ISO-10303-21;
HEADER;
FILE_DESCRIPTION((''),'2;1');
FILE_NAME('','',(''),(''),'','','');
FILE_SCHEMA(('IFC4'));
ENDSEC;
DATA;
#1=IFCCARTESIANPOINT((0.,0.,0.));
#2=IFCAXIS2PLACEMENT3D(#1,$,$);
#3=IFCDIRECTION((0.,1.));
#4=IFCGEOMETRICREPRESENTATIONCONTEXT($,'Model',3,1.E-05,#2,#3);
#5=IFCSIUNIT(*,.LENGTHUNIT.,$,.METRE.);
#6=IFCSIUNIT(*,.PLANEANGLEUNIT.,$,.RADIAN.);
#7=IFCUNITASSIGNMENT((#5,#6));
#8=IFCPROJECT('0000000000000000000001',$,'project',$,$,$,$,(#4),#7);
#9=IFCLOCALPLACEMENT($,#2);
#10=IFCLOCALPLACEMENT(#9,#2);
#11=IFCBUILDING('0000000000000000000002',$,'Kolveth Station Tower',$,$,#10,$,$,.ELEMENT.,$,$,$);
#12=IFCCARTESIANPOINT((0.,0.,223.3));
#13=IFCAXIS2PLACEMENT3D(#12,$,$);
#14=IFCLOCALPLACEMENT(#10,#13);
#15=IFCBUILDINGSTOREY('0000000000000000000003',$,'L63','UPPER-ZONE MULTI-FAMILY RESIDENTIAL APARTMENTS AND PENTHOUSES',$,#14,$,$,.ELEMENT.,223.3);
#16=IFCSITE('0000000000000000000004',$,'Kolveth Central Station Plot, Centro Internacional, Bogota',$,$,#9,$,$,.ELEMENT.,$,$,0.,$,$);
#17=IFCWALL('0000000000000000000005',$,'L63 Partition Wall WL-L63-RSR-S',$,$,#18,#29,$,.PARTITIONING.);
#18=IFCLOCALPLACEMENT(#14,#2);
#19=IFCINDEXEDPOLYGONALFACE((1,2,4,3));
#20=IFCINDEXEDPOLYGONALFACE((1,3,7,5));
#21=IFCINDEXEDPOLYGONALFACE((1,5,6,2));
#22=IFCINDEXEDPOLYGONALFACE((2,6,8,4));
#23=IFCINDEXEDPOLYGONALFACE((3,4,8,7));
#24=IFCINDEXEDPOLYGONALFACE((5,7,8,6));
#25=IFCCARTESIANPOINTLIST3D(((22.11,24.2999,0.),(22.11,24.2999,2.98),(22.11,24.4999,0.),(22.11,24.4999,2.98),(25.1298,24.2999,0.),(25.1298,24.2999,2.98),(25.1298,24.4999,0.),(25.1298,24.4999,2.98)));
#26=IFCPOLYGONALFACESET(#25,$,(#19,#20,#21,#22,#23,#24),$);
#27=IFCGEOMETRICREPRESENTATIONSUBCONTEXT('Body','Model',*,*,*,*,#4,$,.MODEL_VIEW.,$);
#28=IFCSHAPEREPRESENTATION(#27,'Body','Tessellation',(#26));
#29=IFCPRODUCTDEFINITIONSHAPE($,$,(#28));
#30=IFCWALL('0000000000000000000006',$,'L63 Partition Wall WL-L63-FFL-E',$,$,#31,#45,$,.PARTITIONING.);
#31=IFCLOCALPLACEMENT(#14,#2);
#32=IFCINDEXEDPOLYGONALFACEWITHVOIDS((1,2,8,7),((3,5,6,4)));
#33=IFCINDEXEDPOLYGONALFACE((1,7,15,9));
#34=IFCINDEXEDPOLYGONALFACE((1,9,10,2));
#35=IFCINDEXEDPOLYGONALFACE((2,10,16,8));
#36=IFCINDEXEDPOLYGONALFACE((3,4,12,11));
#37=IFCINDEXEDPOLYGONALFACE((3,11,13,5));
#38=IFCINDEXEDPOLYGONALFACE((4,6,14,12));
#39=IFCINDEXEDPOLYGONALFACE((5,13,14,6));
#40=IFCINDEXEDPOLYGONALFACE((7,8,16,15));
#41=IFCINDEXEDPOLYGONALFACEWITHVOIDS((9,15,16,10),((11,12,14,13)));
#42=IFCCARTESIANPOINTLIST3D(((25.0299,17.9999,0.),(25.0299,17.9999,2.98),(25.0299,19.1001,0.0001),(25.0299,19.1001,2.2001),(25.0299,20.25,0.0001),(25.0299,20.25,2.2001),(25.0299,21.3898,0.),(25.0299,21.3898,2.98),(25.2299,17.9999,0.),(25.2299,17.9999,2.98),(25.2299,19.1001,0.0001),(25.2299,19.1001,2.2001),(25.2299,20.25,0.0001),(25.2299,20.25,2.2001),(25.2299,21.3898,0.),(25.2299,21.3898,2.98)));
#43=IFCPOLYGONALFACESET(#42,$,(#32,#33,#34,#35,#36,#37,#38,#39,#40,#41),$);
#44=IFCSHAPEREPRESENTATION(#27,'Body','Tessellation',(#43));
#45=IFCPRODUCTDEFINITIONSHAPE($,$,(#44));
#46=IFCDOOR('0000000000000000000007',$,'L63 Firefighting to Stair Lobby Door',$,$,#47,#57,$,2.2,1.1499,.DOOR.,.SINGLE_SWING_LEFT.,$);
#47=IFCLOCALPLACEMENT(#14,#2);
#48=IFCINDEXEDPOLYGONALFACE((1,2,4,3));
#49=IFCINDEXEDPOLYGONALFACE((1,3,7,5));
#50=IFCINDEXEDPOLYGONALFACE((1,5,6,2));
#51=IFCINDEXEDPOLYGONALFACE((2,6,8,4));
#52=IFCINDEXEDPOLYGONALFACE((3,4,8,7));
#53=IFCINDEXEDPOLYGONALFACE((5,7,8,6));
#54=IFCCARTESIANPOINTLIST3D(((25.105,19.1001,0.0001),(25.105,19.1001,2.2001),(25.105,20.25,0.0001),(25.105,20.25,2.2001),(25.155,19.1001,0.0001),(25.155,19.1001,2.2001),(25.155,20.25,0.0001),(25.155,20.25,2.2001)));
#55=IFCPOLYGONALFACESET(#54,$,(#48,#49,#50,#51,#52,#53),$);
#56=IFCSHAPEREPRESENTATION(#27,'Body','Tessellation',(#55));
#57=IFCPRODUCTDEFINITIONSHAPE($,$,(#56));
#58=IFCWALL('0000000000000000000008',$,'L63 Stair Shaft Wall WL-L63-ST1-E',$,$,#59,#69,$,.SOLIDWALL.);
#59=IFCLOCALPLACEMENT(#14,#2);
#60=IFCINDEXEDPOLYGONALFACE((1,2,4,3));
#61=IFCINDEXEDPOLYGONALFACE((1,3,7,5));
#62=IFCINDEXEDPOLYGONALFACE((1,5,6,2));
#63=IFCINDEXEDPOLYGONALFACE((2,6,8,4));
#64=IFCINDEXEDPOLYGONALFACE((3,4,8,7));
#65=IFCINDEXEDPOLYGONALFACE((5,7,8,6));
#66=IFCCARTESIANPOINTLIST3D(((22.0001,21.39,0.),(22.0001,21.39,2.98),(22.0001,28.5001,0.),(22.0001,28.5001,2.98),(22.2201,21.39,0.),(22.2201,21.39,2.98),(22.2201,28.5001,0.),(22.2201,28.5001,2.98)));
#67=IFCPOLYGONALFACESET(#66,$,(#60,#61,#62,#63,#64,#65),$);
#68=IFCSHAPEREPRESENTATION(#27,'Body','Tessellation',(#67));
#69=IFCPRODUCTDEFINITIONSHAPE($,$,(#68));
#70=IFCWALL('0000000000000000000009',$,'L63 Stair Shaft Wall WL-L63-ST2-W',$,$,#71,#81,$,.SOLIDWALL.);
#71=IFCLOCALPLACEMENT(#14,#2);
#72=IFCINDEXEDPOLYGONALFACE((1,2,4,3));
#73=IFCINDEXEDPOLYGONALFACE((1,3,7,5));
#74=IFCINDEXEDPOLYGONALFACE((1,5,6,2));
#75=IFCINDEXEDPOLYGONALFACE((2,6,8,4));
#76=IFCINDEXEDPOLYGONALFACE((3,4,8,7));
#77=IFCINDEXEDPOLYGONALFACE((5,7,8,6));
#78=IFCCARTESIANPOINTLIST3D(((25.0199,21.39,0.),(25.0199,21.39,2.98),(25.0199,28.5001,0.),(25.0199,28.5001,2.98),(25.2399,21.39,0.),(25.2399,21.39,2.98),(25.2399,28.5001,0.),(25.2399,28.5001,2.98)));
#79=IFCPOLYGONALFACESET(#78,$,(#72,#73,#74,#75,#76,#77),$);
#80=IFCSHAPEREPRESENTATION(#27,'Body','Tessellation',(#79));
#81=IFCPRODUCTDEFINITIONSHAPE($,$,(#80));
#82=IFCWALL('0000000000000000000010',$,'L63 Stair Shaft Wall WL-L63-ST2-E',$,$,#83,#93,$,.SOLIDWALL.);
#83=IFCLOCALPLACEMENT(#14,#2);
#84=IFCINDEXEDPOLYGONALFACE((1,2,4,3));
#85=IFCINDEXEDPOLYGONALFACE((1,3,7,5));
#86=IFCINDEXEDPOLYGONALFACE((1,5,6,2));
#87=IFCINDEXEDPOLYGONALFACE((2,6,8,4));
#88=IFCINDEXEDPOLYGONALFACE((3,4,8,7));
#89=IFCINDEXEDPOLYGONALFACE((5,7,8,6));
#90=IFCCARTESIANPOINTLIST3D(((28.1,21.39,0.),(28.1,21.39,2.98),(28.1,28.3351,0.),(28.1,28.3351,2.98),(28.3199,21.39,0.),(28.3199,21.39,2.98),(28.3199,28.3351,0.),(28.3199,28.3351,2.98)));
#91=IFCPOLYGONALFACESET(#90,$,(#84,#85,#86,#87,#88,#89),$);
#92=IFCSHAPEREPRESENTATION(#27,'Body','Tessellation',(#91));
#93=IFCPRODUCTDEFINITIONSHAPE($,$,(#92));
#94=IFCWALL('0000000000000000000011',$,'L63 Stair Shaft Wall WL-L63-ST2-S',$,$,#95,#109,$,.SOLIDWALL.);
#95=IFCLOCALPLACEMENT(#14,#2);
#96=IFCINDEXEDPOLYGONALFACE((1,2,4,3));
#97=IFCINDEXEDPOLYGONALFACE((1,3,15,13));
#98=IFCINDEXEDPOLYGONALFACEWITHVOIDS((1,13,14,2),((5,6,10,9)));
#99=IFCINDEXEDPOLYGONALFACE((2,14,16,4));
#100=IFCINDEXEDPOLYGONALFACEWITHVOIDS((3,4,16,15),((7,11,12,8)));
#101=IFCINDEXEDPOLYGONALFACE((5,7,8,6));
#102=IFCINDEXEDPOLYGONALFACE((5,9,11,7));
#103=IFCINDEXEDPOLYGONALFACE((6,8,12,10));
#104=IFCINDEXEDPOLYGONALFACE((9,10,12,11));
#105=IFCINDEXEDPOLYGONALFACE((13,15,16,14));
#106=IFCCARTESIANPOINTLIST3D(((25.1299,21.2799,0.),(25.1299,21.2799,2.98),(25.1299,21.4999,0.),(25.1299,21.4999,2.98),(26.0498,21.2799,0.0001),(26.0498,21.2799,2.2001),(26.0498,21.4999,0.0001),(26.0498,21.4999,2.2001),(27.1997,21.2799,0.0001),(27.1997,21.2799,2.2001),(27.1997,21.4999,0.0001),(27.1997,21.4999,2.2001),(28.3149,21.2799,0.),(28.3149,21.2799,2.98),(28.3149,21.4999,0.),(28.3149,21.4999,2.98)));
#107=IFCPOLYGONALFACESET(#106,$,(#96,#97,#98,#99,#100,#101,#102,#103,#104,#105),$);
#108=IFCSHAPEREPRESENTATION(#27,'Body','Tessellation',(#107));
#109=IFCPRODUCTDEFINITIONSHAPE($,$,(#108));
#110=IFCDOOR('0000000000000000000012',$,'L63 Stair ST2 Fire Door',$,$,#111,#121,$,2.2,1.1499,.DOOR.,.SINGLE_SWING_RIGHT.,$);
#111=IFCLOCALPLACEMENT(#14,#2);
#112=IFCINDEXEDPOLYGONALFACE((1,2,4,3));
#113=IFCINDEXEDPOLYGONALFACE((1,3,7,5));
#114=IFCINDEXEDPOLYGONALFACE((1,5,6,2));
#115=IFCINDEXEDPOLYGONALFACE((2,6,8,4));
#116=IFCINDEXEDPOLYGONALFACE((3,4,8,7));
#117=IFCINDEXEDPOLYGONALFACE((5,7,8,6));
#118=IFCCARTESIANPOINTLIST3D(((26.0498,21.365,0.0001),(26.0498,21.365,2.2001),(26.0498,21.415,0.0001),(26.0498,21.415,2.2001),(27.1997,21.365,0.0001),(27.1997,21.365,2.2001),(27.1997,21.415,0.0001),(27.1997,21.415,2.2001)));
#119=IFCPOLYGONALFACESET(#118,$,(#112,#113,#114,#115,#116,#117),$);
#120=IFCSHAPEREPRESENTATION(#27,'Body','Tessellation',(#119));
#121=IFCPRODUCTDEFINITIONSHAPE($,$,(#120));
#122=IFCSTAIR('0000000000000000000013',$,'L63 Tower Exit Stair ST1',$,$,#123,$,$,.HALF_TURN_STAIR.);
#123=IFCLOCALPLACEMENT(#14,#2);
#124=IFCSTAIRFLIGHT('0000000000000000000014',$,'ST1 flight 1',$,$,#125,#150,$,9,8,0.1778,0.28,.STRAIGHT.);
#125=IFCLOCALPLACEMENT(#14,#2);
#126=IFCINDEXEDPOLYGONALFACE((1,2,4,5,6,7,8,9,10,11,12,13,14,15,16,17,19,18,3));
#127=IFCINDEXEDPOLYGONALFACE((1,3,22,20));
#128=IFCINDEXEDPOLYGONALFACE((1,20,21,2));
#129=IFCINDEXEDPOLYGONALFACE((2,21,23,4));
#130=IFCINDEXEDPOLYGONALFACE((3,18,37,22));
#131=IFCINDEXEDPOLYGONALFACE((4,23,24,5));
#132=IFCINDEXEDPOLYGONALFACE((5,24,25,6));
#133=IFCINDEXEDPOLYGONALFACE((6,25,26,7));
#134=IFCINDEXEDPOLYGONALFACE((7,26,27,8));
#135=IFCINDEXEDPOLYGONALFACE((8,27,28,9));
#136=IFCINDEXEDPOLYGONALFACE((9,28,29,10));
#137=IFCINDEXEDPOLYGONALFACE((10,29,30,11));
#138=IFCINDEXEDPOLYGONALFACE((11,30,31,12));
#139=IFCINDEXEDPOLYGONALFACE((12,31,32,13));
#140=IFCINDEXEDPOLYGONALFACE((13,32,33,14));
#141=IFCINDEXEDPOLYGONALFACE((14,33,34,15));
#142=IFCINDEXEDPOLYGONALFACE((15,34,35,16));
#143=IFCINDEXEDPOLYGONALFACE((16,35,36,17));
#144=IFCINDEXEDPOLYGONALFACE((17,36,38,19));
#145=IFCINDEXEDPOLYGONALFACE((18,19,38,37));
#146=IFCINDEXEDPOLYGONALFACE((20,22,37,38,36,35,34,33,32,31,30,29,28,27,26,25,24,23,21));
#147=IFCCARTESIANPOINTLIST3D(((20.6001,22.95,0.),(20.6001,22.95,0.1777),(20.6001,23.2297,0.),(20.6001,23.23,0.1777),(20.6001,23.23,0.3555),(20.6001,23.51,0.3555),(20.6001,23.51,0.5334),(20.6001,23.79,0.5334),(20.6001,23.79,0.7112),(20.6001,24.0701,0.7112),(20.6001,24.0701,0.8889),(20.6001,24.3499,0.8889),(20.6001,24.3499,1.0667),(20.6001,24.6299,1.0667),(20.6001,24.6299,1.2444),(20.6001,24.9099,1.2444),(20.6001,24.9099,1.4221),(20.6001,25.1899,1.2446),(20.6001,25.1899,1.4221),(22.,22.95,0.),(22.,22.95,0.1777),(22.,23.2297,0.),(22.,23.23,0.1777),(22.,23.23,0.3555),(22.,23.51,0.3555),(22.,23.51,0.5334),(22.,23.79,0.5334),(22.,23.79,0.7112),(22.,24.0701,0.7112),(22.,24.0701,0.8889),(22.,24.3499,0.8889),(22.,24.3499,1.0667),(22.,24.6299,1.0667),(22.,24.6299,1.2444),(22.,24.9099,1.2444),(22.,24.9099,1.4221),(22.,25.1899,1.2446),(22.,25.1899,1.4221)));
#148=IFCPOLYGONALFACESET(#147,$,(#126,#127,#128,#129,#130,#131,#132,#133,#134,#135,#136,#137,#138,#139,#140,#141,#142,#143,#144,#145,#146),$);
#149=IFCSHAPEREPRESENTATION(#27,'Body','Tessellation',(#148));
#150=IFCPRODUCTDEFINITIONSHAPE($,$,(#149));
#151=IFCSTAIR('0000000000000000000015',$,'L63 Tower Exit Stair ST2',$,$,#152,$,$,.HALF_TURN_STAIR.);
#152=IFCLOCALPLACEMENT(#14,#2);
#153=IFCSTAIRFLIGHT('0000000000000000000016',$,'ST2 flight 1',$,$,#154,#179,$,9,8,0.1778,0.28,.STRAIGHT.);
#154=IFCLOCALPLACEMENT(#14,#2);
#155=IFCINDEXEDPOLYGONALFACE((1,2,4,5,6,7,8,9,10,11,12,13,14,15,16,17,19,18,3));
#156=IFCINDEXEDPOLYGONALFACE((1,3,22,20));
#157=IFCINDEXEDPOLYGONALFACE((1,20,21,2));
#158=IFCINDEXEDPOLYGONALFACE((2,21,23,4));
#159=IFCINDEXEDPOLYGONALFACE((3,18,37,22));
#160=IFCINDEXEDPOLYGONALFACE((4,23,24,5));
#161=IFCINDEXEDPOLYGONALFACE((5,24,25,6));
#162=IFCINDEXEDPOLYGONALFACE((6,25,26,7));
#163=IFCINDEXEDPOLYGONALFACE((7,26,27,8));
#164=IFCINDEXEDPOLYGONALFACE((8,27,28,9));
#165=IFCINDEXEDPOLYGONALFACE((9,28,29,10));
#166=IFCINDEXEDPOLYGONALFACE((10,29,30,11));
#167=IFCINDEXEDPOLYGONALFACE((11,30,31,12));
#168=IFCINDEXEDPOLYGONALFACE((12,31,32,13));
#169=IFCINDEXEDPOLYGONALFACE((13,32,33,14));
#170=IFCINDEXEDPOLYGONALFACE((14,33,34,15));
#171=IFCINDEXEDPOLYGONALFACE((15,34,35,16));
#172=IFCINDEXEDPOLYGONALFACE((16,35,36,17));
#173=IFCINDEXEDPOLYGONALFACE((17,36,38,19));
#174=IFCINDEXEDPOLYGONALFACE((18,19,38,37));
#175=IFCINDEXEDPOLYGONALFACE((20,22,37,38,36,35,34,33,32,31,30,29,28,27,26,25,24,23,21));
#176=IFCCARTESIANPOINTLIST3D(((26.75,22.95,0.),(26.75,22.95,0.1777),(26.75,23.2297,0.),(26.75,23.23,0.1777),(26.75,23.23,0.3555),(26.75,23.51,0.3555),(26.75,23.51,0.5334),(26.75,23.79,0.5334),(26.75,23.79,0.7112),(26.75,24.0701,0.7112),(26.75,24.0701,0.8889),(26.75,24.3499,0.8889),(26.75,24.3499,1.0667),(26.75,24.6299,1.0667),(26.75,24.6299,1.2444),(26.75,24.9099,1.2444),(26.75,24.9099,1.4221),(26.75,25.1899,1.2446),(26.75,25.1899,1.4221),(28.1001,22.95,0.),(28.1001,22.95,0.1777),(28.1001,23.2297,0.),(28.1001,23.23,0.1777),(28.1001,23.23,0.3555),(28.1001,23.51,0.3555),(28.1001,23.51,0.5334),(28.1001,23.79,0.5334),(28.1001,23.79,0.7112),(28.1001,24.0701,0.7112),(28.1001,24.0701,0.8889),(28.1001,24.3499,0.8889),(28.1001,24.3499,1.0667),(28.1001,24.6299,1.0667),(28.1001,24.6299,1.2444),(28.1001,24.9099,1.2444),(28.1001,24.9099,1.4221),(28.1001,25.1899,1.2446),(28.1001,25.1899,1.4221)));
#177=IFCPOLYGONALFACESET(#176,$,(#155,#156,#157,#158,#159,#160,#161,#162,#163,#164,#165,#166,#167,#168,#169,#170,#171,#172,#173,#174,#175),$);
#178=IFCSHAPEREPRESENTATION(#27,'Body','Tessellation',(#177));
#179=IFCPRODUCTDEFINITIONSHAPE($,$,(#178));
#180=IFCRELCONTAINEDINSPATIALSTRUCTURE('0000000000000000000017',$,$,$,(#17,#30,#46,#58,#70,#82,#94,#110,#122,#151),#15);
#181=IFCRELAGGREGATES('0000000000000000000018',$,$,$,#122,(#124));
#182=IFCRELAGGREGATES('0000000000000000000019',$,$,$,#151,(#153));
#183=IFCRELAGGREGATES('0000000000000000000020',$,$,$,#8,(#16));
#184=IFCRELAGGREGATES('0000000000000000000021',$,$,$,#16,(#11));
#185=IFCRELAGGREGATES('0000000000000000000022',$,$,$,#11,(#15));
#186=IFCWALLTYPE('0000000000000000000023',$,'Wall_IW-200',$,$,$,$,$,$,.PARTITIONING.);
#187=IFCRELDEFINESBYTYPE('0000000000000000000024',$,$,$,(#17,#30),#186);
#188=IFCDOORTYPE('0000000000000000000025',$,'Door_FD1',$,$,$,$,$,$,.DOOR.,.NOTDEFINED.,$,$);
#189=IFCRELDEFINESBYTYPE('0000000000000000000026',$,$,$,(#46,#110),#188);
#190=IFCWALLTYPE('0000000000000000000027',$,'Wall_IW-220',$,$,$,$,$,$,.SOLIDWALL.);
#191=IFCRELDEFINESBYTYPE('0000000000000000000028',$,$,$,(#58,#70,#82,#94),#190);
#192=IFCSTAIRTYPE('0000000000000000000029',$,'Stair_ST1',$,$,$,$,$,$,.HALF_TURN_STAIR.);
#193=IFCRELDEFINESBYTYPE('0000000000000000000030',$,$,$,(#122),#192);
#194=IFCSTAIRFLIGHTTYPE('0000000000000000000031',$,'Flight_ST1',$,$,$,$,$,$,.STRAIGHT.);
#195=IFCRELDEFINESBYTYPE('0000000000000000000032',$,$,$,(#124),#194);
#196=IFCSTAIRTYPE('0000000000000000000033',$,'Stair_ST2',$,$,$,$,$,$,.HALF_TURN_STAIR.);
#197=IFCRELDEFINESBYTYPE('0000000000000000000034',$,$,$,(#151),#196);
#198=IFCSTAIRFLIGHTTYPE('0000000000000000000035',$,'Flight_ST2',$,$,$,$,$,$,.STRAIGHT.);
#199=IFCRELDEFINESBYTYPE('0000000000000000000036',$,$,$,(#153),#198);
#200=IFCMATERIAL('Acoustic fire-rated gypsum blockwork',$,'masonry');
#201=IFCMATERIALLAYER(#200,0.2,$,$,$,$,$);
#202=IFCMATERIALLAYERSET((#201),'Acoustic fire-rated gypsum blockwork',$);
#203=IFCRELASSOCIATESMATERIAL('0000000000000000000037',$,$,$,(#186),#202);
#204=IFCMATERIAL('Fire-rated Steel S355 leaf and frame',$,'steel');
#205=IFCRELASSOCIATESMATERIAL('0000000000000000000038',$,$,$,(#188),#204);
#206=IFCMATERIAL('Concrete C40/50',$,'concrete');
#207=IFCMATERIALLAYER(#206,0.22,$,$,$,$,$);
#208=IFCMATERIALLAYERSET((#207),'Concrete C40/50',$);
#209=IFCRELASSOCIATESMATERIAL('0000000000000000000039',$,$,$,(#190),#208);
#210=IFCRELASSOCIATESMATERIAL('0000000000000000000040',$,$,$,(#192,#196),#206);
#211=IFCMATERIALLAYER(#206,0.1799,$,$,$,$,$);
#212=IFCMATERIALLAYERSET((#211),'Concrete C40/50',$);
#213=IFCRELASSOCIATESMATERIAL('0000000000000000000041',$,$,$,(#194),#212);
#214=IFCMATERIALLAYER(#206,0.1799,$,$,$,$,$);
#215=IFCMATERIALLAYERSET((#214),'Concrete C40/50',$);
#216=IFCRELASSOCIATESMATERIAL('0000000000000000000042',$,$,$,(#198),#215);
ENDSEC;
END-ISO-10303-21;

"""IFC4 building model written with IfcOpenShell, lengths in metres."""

from ifc_helpers import new_model, si_unit, direction, frame, frame_2d, origin, place, context, subcontext, project, spatial, polyline, rectangle, outline, extrude, material, layer, layer_set, type_object, element, fill, aggregate, save


model = new_model("IFC4")

# Units and contexts
model_context = context("Model", 3, precision=1e-05, world=origin(), true_north=direction((0.0, 1.0)))
body_context = subcontext(model_context, "Body", "Model", "MODEL_VIEW")
ifc_project = project(units=[si_unit("LENGTHUNIT", "METRE"), si_unit("PLANEANGLEUNIT", "RADIAN")], contexts=[model_context])

# Site, building, storey
site_placement = place(None, origin())
site = spatial("IfcSite", under=ifc_project, at=site_placement, Name="Kolveth Central Station Plot, Centro Internacional, Bogota", CompositionType="ELEMENT", RefElevation=0.0)
building_placement = place(site_placement, origin())
building = spatial("IfcBuilding", under=site, at=building_placement, Name="Kolveth Station Tower", CompositionType="ELEMENT")
storey_placement = place(building_placement, frame((0.0, 0.0, 223.3)))
storey = spatial("IfcBuildingStorey", under=building, at=storey_placement, Name="L63", Description="UPPER-ZONE MULTI-FAMILY RESIDENTIAL APARTMENTS AND PENTHOUSES", CompositionType="ELEMENT", Elevation=223.3)

# Wall
ifc_material_1 = material(Name="Acoustic fire-rated gypsum blockwork", Category="masonry")
ifc_layer_1 = layer(ifc_material_1, 0.2)
ifc_layer_set_1 = layer_set([ifc_layer_1], Name="Acoustic fire-rated gypsum blockwork")
wall_type_1 = type_object("IfcWallType", Name="Wall_IW-200", PredefinedType="PARTITIONING", material=ifc_layer_set_1)
wall_1_placement = place(storey_placement, frame((22.1101, 24.3999, 0.0), z_axis=(0.0, 0.0, 1.0), x_axis=(1.0, 0.0, 0.0)))
element("IfcWall", 1, at=wall_1_placement, inside=storey, type_object=wall_type_1, Name="L63 Partition Wall WL-L63-RSR-S", PredefinedType="PARTITIONING", context=body_context, shape_type="SweptSolid", body=[
    extrude(rectangle(XDim=3.0198, YDim=0.2, at=frame_2d((1.5098, 0.0))), origin(), (0.0, 0.0, 1.0), 2.98),
])

# Wall, opening, door
wall_2_placement = place(storey_placement, frame((25.1299, 18.0, 0.0), z_axis=(0.0, 0.0, 1.0), x_axis=(0.0, 1.0, 0.0)))
wall_2 = element("IfcWall", 2, at=wall_2_placement, inside=storey, type_object=wall_type_1, Name="L63 Partition Wall WL-L63-FFL-E", PredefinedType="PARTITIONING", context=body_context, shape_type="SweptSolid", body=[
    extrude(rectangle(XDim=3.3899, YDim=0.2, at=frame_2d((1.6948, 0.0))), origin(), (0.0, 0.0, 1.0), 2.98),
])
opening_1_placement = place(wall_2_placement, frame((1.1001, 0.0, 0.0)))
opening_1 = element("IfcOpeningElement", 3, at=opening_1_placement, cuts=wall_2, PredefinedType="OPENING", context=body_context, shape_type="SweptSolid", body=[
    extrude(rectangle(XDim=1.1499, YDim=2.2, at=frame_2d((0.575, 1.1001))), frame((0.0, 0.1099, 0.0), z_axis=(0.0, -1.0, 0.0), x_axis=(1.0, 0.0, 0.0)), (0.0, 0.0, 1.0), 0.22),
])
ifc_material_2 = material(Name="Fire-rated Steel S355 leaf and frame", Category="steel")
door_type = type_object("IfcDoorType", Name="Door_FD1", OperationType="NOTDEFINED", PredefinedType="DOOR", material=ifc_material_2)
door_1_placement = place(opening_1_placement, origin())
door_1 = element("IfcDoor", 4, at=door_1_placement, inside=storey, type_object=door_type, Name="L63 Firefighting to Stair Lobby Door", OperationType="SINGLE_SWING_LEFT", OverallHeight=2.2, OverallWidth=1.1499, PredefinedType="DOOR", context=body_context, shape_type="SweptSolid", body=[
    extrude(rectangle(XDim=1.1499, YDim=2.2, at=frame_2d((0.575, 1.1001))), frame((0.0, 0.0249, 0.0), z_axis=(0.0, -1.0, 0.0), x_axis=(1.0, 0.0, 0.0)), (0.0, 0.0, 1.0), 0.05),
])
fill(opening_1, door_1)

# Walls
ifc_material_3 = material(Name="Concrete C40/50", Category="concrete")
ifc_layer_2 = layer(ifc_material_3, 0.22)
ifc_layer_set_2 = layer_set([ifc_layer_2], Name="Concrete C40/50")
wall_type_2 = type_object("IfcWallType", Name="Wall_IW-220", PredefinedType="SOLIDWALL", material=ifc_layer_set_2)
for number, where, z_axis, x_axis, name in (
    (5, (22.1101, 21.3899, 0.0), (0.0, 0.0, 1.0), (0.0, 1.0, 0.0), "L63 Stair Shaft Wall WL-L63-ST1-E"),
    (6, (25.1299, 21.3899, 0.0), (0.0, 0.0, 1.0), (0.0, 1.0, 0.0), "L63 Stair Shaft Wall WL-L63-ST2-W"),
):
    element("IfcWall", number, at=place(storey_placement, frame(where, z_axis=z_axis, x_axis=x_axis)), inside=storey, type_object=wall_type_2, Name=name, PredefinedType="SOLIDWALL", context=body_context, shape_type="SweptSolid", body=[
        extrude(rectangle(XDim=7.1101, YDim=0.22, at=frame_2d((3.5552, 0.0))), origin(), (0.0, 0.0, 1.0), 2.98),
    ])
wall_3_placement = place(storey_placement, frame((28.21, 21.3899, 0.0), z_axis=(0.0, 0.0, 1.0), x_axis=(0.0, 1.0, 0.0)))
element("IfcWall", 7, at=wall_3_placement, inside=storey, type_object=wall_type_2, Name="L63 Stair Shaft Wall WL-L63-ST2-E", PredefinedType="SOLIDWALL", context=body_context, shape_type="SweptSolid", body=[
    extrude(rectangle(XDim=6.9451, YDim=0.22, at=frame_2d((3.4727, 0.0))), origin(), (0.0, 0.0, 1.0), 2.98),
])

# Wall, opening, door
wall_4_placement = place(storey_placement, frame((25.1299, 21.3899, 0.0), z_axis=(0.0, 0.0, 1.0), x_axis=(1.0, 0.0, 0.0)))
wall_4 = element("IfcWall", 8, at=wall_4_placement, inside=storey, type_object=wall_type_2, Name="L63 Stair Shaft Wall WL-L63-ST2-S", PredefinedType="SOLIDWALL", context=body_context, shape_type="SweptSolid", body=[
    extrude(rectangle(XDim=3.1851, YDim=0.22, at=frame_2d((1.5925, 0.0))), origin(), (0.0, 0.0, 1.0), 2.98),
])
opening_2_placement = place(wall_4_placement, frame((0.9199, 0.0, 0.0)))
opening_2 = element("IfcOpeningElement", 9, at=opening_2_placement, cuts=wall_4, PredefinedType="OPENING", context=body_context, shape_type="SweptSolid", body=[
    extrude(rectangle(XDim=1.1499, YDim=2.2, at=frame_2d((0.575, 1.1001))), frame((0.0, 0.1199, 0.0), z_axis=(0.0, -1.0, 0.0), x_axis=(1.0, 0.0, 0.0)), (0.0, 0.0, 1.0), 0.24),
])
door_2_placement = place(opening_2_placement, frame((1.1499, 0.0, 0.0), z_axis=(0.0, 0.0, 1.0), x_axis=(-1.0, 0.0, 0.0)))
door_2 = element("IfcDoor", 10, at=door_2_placement, inside=storey, type_object=door_type, Name="L63 Stair ST2 Fire Door", OperationType="SINGLE_SWING_RIGHT", OverallHeight=2.2, OverallWidth=1.1499, PredefinedType="DOOR", context=body_context, shape_type="SweptSolid", body=[
    extrude(rectangle(XDim=1.1499, YDim=2.2, at=frame_2d((0.575, 1.1001))), frame((0.0, 0.0249, 0.0), z_axis=(0.0, -1.0, 0.0), x_axis=(1.0, 0.0, 0.0)), (0.0, 0.0, 1.0), 0.05),
])
fill(opening_2, door_2)

# Stairs, stair flights
stair_type_1 = type_object("IfcStairType", Name="Stair_ST1", PredefinedType="HALF_TURN_STAIR", material=ifc_material_3)
stair_1_placement = place(storey_placement, origin())
stair_1 = element("IfcStair", 11, at=stair_1_placement, inside=storey, type_object=stair_type_1, Name="L63 Tower Exit Stair ST1", PredefinedType="HALF_TURN_STAIR")
ifc_layer_3 = layer(ifc_material_3, 0.1799)
ifc_layer_set_3 = layer_set([ifc_layer_3], Name="Concrete C40/50")
stair_flight_type_1 = type_object("IfcStairFlightType", Name="Flight_ST1", PredefinedType="STRAIGHT", material=ifc_layer_set_3)
stair_flight_1_placement = place(storey_placement, frame((21.3, 22.95, 0.0), z_axis=(0.0, 0.0, 1.0), x_axis=(0.0, 1.0, 0.0)))
stair_flight_1 = element("IfcStairFlight", 12, at=stair_flight_1_placement, type_object=stair_flight_type_1, Name="ST1 flight 1", NumberOfRisers=9, NumberOfTreads=8, PredefinedType="STRAIGHT", RiserHeight=0.1778, TreadLength=0.28, context=body_context, shape_type="SweptSolid", body=[
    extrude(outline(polyline([(0.0, 0.0), (0.0, 0.1777), (0.28, 0.1777), (0.28, 0.3555), (0.5601, 0.3555), (0.5601, 0.5334), (0.8401, 0.5334), (0.8401, 0.7112), (1.1201, 0.7112), (1.1201, 0.8889), (1.3999, 0.8889), (1.3999, 1.0667), (1.6799, 1.0667), (1.6799, 1.2444), (1.96, 1.2444), (1.96, 1.4221), (2.24, 1.4221), (2.24, 1.6001), (2.24, 1.2446), (0.2798, 0.0), (0.0, 0.0)])), frame((0.0, 0.7, 0.0), z_axis=(0.0, -1.0, 0.0), x_axis=(1.0, 0.0, 0.0)), (0.0, 0.0, 1.0), 1.3999),
])
aggregate(stair_1, [stair_flight_1])
stair_type_2 = type_object("IfcStairType", Name="Stair_ST2", PredefinedType="HALF_TURN_STAIR", material=ifc_material_3)
stair_2_placement = place(storey_placement, origin())
stair_2 = element("IfcStair", 13, at=stair_2_placement, inside=storey, type_object=stair_type_2, Name="L63 Tower Exit Stair ST2", PredefinedType="HALF_TURN_STAIR")
ifc_layer_4 = layer(ifc_material_3, 0.1799)
ifc_layer_set_4 = layer_set([ifc_layer_4], Name="Concrete C40/50")
stair_flight_type_2 = type_object("IfcStairFlightType", Name="Flight_ST2", PredefinedType="STRAIGHT", material=ifc_layer_set_4)
stair_flight_2_placement = place(storey_placement, frame((27.425, 22.95, 0.0), z_axis=(0.0, 0.0, 1.0), x_axis=(0.0, 1.0, 0.0)))
stair_flight_2 = element("IfcStairFlight", 14, at=stair_flight_2_placement, type_object=stair_flight_type_2, Name="ST2 flight 1", NumberOfRisers=9, NumberOfTreads=8, PredefinedType="STRAIGHT", RiserHeight=0.1778, TreadLength=0.28, context=body_context, shape_type="SweptSolid", body=[
    extrude(outline(polyline([(0.0, 0.0), (0.0, 0.1777), (0.28, 0.1777), (0.28, 0.3555), (0.5601, 0.3555), (0.5601, 0.5334), (0.8401, 0.5334), (0.8401, 0.7112), (1.1201, 0.7112), (1.1201, 0.8889), (1.3999, 0.8889), (1.3999, 1.0667), (1.6799, 1.0667), (1.6799, 1.2444), (1.96, 1.2444), (1.96, 1.4221), (2.24, 1.4221), (2.24, 1.6001), (2.24, 1.2446), (0.2798, 0.0), (0.0, 0.0)])), frame((0.0, 0.675, 0.0), z_axis=(0.0, -1.0, 0.0), x_axis=(1.0, 0.0, 0.0)), (0.0, 0.0, 1.0), 1.3501),
])
aggregate(stair_2, [stair_flight_2])

save(model, "model.ifc")
